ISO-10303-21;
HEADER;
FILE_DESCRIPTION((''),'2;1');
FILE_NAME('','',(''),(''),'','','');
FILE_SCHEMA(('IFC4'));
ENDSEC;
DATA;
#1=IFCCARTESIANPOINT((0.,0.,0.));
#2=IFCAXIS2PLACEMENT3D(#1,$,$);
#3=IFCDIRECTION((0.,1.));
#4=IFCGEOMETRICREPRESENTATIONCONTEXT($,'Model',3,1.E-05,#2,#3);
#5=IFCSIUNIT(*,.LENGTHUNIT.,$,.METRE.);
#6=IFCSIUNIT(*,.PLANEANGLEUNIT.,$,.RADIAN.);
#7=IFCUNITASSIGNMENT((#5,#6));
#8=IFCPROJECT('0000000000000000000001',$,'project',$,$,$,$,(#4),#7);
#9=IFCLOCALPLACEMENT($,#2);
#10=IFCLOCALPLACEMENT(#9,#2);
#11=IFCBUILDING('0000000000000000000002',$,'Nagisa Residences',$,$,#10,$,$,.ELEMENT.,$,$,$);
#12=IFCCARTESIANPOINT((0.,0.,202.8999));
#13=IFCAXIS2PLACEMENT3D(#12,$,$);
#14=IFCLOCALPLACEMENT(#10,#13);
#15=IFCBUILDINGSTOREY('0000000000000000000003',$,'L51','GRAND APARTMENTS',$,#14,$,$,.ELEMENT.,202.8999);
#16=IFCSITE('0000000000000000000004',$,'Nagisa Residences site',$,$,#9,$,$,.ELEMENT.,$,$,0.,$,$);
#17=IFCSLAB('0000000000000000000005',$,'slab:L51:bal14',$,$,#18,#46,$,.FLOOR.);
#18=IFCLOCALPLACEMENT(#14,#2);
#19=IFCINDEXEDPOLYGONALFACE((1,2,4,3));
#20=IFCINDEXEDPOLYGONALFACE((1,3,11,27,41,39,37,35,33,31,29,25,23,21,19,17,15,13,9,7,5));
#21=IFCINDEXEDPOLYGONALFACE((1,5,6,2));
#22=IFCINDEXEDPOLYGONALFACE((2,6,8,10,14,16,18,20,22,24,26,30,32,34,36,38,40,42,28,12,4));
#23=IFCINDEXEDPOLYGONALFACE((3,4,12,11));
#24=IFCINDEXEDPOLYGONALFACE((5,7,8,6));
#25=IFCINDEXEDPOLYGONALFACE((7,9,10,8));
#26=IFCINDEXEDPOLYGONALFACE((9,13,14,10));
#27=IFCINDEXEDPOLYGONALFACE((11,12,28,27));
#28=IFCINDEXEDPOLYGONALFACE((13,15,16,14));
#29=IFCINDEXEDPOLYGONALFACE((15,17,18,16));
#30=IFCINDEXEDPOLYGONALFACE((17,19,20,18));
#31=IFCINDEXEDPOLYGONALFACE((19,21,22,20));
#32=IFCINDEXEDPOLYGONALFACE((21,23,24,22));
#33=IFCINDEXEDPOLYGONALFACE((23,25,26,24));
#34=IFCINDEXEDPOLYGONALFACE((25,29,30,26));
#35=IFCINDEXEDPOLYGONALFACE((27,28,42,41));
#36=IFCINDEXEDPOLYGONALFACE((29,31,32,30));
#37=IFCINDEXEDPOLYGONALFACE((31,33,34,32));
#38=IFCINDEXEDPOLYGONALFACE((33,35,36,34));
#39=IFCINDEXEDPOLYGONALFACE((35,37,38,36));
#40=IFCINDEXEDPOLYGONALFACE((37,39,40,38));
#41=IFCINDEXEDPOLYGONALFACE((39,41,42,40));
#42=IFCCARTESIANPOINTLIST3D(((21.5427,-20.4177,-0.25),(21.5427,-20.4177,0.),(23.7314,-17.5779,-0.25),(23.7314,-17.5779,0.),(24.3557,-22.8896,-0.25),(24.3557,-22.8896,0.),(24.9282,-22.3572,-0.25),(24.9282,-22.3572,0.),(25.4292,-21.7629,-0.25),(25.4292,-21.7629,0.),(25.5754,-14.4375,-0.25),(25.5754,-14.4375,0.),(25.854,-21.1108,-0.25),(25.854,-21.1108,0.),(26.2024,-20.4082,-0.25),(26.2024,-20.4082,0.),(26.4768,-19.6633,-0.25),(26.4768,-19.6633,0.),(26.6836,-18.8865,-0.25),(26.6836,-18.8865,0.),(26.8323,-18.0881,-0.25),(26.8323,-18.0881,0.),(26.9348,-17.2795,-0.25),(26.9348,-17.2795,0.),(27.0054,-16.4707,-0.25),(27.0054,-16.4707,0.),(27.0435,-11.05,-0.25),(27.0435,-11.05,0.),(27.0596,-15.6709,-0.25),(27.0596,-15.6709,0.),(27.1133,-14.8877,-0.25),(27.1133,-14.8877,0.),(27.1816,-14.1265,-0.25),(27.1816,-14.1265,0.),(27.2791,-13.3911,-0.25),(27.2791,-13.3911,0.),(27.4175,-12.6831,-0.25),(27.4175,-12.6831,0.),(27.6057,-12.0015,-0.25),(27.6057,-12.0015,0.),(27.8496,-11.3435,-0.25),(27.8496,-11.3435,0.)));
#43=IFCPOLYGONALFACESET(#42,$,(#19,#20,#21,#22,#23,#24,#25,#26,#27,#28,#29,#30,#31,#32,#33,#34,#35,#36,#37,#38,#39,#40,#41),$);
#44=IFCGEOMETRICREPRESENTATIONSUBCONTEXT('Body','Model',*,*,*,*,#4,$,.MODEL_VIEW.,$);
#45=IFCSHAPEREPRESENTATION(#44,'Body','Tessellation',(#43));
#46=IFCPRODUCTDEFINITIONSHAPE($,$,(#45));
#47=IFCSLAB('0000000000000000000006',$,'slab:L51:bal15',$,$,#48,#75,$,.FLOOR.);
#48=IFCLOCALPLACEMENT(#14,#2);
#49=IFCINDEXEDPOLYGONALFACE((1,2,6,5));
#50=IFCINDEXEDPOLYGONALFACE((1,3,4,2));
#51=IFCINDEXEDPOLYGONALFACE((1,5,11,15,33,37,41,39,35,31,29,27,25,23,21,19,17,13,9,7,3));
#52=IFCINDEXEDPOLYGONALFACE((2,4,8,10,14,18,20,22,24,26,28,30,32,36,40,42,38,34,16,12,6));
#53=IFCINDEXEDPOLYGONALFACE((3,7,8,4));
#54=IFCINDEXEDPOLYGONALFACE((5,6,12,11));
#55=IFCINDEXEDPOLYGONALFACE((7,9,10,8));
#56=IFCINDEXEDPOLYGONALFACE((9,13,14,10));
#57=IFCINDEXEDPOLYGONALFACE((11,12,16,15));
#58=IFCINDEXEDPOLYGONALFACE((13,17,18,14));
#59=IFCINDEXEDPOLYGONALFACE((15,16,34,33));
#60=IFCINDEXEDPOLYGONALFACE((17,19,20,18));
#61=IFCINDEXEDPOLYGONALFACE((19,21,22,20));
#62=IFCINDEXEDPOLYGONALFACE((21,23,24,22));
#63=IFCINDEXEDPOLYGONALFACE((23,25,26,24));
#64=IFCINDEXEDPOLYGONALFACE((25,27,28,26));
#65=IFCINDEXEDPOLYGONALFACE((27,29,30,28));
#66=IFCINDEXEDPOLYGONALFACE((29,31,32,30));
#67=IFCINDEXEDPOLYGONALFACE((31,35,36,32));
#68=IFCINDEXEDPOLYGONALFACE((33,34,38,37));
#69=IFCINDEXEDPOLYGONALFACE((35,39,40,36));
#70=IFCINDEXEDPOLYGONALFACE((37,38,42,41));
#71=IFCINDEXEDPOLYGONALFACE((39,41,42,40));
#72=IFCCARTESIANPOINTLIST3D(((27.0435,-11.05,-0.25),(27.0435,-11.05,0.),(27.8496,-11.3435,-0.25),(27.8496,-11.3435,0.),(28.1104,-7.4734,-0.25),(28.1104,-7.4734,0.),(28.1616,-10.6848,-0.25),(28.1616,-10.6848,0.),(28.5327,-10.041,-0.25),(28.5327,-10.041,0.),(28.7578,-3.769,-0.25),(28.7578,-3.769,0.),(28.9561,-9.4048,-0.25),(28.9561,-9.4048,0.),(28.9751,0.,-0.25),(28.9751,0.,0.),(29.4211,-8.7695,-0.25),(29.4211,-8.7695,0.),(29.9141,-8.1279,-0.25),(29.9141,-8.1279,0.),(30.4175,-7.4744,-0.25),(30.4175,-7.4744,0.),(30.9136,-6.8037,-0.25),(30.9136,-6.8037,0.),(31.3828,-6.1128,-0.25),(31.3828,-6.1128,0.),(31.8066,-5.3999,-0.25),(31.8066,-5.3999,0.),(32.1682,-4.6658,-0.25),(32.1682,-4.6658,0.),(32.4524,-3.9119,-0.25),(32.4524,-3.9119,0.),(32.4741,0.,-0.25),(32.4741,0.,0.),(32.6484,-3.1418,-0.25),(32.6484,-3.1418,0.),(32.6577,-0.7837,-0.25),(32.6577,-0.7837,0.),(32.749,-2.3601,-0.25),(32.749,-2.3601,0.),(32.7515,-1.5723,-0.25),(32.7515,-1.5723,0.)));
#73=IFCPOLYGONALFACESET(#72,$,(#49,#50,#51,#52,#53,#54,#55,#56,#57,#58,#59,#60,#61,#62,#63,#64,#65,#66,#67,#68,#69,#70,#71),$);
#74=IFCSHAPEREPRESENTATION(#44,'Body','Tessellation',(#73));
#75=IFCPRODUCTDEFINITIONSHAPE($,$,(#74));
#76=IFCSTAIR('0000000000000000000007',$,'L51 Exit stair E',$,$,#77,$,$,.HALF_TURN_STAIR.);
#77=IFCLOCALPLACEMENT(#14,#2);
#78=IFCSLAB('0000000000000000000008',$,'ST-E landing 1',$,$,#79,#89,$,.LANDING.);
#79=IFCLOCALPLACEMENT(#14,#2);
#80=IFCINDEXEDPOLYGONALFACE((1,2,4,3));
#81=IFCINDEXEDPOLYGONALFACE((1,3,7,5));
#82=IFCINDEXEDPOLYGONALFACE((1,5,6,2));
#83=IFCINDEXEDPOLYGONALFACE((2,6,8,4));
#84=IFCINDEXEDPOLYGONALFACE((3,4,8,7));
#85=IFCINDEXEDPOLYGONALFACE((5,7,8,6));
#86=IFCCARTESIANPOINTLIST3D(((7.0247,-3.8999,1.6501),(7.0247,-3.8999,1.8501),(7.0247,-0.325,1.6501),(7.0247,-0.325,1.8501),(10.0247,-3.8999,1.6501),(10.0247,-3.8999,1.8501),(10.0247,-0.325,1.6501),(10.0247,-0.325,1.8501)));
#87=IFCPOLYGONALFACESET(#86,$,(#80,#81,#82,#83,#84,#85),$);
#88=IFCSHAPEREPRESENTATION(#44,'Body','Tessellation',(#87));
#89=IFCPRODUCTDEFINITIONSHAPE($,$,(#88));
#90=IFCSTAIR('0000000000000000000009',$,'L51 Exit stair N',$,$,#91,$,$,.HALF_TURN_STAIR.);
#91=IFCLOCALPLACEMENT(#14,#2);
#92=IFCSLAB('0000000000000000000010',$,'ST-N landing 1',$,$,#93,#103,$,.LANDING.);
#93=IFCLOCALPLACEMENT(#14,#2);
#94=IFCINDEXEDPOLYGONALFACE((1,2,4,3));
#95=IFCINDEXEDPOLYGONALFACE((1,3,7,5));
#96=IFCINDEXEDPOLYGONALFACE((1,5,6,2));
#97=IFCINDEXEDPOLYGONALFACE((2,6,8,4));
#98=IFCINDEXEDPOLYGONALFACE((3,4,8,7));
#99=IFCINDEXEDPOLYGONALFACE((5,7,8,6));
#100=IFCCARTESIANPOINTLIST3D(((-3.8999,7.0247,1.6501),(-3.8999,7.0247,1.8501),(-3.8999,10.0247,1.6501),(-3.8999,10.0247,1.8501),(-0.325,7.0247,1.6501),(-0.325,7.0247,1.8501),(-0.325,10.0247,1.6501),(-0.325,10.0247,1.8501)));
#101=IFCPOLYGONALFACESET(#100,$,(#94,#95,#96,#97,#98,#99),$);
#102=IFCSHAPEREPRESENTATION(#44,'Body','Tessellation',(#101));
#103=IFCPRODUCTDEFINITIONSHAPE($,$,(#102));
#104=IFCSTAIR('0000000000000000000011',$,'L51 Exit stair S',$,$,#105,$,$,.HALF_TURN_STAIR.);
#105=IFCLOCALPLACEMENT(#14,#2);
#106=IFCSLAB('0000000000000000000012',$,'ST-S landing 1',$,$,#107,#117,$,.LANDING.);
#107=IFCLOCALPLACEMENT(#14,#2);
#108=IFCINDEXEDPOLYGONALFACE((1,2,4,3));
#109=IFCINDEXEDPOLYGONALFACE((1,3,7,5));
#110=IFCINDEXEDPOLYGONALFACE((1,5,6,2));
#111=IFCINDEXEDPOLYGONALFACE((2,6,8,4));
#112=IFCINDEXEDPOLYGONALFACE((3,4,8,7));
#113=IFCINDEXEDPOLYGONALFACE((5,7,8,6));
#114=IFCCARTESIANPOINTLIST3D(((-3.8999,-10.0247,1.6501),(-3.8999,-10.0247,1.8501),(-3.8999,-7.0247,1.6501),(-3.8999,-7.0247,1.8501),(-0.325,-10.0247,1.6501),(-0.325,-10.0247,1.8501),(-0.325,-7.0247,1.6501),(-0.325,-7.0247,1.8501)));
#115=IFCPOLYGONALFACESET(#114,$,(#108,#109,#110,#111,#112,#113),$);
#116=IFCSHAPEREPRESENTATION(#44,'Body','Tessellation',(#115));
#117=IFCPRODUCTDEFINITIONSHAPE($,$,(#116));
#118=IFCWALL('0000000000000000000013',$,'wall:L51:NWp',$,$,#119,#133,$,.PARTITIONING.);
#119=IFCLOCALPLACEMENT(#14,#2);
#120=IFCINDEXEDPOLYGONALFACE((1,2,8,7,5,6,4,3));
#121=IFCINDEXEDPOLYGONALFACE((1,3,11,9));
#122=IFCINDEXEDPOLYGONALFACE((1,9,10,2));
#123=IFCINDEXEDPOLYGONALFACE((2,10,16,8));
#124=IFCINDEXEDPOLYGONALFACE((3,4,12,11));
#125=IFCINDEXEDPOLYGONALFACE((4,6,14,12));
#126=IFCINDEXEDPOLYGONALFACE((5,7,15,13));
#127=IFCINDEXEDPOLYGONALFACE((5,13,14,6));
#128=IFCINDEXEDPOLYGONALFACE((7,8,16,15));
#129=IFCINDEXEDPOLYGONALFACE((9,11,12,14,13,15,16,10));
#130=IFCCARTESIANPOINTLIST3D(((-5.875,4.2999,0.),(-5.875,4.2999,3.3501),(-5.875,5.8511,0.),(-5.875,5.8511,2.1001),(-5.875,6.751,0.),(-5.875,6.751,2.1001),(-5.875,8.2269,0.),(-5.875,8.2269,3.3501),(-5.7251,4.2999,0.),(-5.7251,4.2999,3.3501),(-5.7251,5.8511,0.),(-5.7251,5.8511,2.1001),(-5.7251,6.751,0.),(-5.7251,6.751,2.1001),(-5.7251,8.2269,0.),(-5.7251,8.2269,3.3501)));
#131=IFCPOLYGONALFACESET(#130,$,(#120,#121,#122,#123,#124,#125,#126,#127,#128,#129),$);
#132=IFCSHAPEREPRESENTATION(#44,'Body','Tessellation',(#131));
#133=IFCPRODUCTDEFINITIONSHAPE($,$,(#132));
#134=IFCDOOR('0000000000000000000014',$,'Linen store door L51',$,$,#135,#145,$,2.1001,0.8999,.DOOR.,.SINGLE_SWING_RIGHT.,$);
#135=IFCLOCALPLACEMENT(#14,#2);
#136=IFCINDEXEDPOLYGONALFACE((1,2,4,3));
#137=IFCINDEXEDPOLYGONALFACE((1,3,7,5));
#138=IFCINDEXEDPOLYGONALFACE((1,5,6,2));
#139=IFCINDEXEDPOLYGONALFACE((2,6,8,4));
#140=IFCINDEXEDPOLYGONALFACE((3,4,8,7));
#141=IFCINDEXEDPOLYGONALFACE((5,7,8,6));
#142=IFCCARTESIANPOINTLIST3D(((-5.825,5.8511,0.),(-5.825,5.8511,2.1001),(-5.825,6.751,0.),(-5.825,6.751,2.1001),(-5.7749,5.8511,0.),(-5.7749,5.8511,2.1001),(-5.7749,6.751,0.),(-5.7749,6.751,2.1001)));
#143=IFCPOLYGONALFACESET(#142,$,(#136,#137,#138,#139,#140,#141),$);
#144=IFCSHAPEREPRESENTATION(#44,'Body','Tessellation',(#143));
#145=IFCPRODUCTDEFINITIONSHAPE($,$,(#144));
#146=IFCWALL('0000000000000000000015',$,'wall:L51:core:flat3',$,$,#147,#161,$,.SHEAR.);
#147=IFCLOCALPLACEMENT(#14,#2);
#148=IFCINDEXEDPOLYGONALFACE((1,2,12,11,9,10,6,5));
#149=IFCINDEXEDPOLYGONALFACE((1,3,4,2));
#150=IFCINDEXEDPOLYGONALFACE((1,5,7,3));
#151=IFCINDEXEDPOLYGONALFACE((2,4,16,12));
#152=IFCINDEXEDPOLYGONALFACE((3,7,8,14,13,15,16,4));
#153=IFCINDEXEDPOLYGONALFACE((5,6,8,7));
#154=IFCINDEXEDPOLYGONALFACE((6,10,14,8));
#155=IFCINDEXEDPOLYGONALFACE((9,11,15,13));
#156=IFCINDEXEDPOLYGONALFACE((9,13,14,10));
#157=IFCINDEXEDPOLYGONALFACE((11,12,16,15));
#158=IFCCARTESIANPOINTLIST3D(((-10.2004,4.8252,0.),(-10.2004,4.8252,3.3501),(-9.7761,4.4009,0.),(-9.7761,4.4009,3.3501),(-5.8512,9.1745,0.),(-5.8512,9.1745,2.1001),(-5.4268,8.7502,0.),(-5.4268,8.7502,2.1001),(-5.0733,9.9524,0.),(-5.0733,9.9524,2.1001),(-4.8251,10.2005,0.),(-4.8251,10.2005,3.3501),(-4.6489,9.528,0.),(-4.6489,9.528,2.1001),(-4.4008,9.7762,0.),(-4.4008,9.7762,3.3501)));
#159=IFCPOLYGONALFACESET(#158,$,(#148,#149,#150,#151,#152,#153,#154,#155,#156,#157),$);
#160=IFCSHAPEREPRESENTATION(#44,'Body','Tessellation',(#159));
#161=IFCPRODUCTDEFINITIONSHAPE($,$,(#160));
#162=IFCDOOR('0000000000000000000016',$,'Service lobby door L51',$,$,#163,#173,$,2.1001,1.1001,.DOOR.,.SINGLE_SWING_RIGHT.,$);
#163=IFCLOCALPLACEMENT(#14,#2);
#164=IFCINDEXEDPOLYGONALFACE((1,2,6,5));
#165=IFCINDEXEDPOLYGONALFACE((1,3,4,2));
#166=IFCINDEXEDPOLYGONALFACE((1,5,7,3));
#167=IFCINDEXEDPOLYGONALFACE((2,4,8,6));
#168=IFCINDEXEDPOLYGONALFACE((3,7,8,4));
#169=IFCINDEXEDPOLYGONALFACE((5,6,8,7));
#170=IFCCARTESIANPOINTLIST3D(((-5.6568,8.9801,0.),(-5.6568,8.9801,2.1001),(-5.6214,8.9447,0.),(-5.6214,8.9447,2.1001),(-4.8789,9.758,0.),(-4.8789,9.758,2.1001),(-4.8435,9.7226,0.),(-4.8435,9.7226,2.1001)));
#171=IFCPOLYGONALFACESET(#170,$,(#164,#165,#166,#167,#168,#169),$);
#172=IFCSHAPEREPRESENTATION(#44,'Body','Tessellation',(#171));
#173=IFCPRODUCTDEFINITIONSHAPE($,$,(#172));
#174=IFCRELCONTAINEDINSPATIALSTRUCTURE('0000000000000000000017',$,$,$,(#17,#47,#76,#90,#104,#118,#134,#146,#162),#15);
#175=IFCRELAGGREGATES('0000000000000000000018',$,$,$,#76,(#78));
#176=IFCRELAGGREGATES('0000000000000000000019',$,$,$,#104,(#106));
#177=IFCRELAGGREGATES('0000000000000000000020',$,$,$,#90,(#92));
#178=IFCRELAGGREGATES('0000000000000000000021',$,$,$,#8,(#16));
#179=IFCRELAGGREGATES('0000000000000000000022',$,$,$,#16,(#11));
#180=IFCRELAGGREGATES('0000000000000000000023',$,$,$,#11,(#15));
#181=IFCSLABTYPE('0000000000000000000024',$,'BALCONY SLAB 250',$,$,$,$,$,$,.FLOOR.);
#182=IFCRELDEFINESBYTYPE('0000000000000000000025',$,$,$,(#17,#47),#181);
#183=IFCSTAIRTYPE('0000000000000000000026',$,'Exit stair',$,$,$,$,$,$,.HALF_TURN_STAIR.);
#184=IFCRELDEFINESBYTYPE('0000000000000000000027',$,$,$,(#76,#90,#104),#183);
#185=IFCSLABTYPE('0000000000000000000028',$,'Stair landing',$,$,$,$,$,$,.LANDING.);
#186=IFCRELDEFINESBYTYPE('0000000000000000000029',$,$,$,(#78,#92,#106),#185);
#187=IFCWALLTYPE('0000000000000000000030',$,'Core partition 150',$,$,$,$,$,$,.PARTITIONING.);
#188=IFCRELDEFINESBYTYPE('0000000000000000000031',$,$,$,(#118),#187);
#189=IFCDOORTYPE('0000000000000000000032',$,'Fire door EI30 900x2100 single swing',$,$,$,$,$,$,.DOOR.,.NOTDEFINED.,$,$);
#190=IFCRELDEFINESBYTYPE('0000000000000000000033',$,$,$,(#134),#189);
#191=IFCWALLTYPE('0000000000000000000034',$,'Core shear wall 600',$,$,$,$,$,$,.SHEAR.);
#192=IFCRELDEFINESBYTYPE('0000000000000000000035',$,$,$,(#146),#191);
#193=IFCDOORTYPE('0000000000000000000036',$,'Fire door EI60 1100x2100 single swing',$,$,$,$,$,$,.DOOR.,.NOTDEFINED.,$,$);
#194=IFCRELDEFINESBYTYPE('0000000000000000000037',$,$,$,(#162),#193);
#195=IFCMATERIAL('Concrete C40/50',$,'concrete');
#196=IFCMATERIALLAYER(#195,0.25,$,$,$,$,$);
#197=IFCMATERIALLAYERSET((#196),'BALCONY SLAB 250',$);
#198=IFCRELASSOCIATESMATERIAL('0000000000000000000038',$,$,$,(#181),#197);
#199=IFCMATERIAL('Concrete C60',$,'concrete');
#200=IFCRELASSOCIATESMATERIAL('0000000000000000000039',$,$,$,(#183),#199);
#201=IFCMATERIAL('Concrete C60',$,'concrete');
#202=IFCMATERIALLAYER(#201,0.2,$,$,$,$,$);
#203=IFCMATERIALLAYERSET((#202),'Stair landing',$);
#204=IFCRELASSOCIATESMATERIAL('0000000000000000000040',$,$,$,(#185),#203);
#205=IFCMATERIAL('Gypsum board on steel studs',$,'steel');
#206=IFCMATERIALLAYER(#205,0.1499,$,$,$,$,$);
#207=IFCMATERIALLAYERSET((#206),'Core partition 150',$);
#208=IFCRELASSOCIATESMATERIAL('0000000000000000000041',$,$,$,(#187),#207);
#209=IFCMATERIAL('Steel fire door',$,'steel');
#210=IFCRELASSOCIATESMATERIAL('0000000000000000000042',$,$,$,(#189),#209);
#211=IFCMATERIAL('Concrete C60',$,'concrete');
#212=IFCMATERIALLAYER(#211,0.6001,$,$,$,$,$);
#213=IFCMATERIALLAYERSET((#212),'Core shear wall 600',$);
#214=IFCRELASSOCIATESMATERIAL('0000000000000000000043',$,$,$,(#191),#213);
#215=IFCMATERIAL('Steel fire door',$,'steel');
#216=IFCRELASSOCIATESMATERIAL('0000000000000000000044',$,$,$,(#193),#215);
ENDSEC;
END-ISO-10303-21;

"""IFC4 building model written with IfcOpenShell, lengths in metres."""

from ifc_helpers import new_model, si_unit, direction, frame, frame_2d, origin, place, context, subcontext, project, spatial, polyline, rectangle, outline, extrude, material, layer, layer_set, type_object, element, fill, aggregate, save


model = new_model("IFC4")

# Units and contexts
model_context = context("Model", 3, precision=1e-05, world=origin(), true_north=direction((0.0, 1.0)))
body_context = subcontext(model_context, "Body", "Model", "MODEL_VIEW")
ifc_project = project(units=[si_unit("LENGTHUNIT", "METRE"), si_unit("PLANEANGLEUNIT", "RADIAN")], contexts=[model_context])

# Site, building, storey
site_placement = place(None, origin())
site = spatial("IfcSite", under=ifc_project, at=site_placement, Name="Nagisa Residences site", CompositionType="ELEMENT", RefElevation=0.0)
building_placement = place(site_placement, origin())
building = spatial("IfcBuilding", under=site, at=building_placement, Name="Nagisa Residences", CompositionType="ELEMENT")
storey_placement = place(building_placement, frame((0.0, 0.0, 202.8999)))
storey = spatial("IfcBuildingStorey", under=building, at=storey_placement, Name="L51", Description="GRAND APARTMENTS", CompositionType="ELEMENT", Elevation=202.8999)

# Slabs
ifc_material_1 = material(Name="Concrete C40/50", Category="concrete")
ifc_layer_1 = layer(ifc_material_1, 0.25)
ifc_layer_set_1 = layer_set([ifc_layer_1], Name="BALCONY SLAB 250")
slab_type_1 = type_object("IfcSlabType", Name="BALCONY SLAB 250", PredefinedType="FLOOR", material=ifc_layer_set_1)
slab_1_placement = place(storey_placement, frame((0.0, 0.0, -0.25)))
element("IfcSlab", 1, at=slab_1_placement, inside=storey, type_object=slab_type_1, Name="slab:L51:bal14", PredefinedType="FLOOR", context=body_context, shape_type="SweptSolid", body=[
    extrude(outline(polyline([(24.3557, -22.8896), (24.9282, -22.3572), (25.4292, -21.7629), (25.854, -21.1108), (26.2024, -20.4082), (26.4768, -19.6633), (26.6836, -18.8865), (26.8323, -18.0881), (26.9348, -17.2795), (27.0054, -16.4707), (27.0596, -15.6709), (27.1133, -14.8877), (27.1816, -14.1265), (27.2791, -13.3911), (27.4175, -12.6831), (27.6057, -12.0015), (27.8496, -11.3435), (27.0435, -11.05), (25.5754, -14.4375), (23.7314, -17.5779), (21.5427, -20.4177), (24.3557, -22.8896)])), origin(), (0.0, 0.0, 1.0), 0.25),
])
slab_2_placement = place(storey_placement, frame((0.0, 0.0, -0.25)))
element("IfcSlab", 2, at=slab_2_placement, inside=storey, type_object=slab_type_1, Name="slab:L51:bal15", PredefinedType="FLOOR", context=body_context, shape_type="SweptSolid", body=[
    extrude(outline(polyline([(27.8496, -11.3435), (28.1616, -10.6848), (28.5327, -10.041), (28.9561, -9.4048), (29.4211, -8.7695), (29.9141, -8.1279), (30.4175, -7.4744), (30.9136, -6.8037), (31.3828, -6.1128), (31.8066, -5.3999), (32.1682, -4.6658), (32.4524, -3.9119), (32.6484, -3.1418), (32.749, -2.3601), (32.7515, -1.5723), (32.6577, -0.7837), (32.4741, 0.0), (28.9751, 0.0), (28.7578, -3.769), (28.1104, -7.4734), (27.0435, -11.05), (27.8496, -11.3435)])), origin(), (0.0, 0.0, 1.0), 0.25),
])

# Stairs, slabs
ifc_material_2 = material(Name="Concrete C60", Category="concrete")
stair_type = type_object("IfcStairType", Name="Exit stair", PredefinedType="HALF_TURN_STAIR", material=ifc_material_2)
stair_1_placement = place(storey_placement, origin())
stair_1 = element("IfcStair", 3, at=stair_1_placement, inside=storey, type_object=stair_type, Name="L51 Exit stair E", PredefinedType="HALF_TURN_STAIR")
ifc_material_3 = material(Name="Concrete C60", Category="concrete")
ifc_layer_2 = layer(ifc_material_3, 0.2)
ifc_layer_set_2 = layer_set([ifc_layer_2], Name="Stair landing")
slab_type_2 = type_object("IfcSlabType", Name="Stair landing", PredefinedType="LANDING", material=ifc_layer_set_2)
slab_3_placement = place(storey_placement, frame((0.0, 0.0, 1.6501)))
slab_3 = element("IfcSlab", 4, at=slab_3_placement, type_object=slab_type_2, Name="ST-E landing 1", PredefinedType="LANDING", context=body_context, shape_type="SweptSolid", body=[
    extrude(outline(polyline([(7.0247, -0.325), (7.0247, -3.8999), (10.0247, -3.8999), (10.0247, -0.325), (7.0247, -0.325)])), origin(), (0.0, 0.0, 1.0), 0.2),
])
aggregate(stair_1, [slab_3])
stair_2_placement = place(storey_placement, origin())
stair_2 = element("IfcStair", 5, at=stair_2_placement, inside=storey, type_object=stair_type, Name="L51 Exit stair N", PredefinedType="HALF_TURN_STAIR")
slab_4_placement = place(storey_placement, frame((0.0, 0.0, 1.6501)))
slab_4 = element("IfcSlab", 6, at=slab_4_placement, type_object=slab_type_2, Name="ST-N landing 1", PredefinedType="LANDING", context=body_context, shape_type="SweptSolid", body=[
    extrude(outline(polyline([(-0.325, 10.0247), (-3.8999, 10.0247), (-3.8999, 7.0247), (-0.325, 7.0247), (-0.325, 10.0247)])), origin(), (0.0, 0.0, 1.0), 0.2),
])
stair_3_placement = place(storey_placement, origin())
stair_3 = element("IfcStair", 7, at=stair_3_placement, inside=storey, type_object=stair_type, Name="L51 Exit stair S", PredefinedType="HALF_TURN_STAIR")
slab_5_placement = place(storey_placement, frame((0.0, 0.0, 1.6501)))
slab_5 = element("IfcSlab", 8, at=slab_5_placement, type_object=slab_type_2, Name="ST-S landing 1", PredefinedType="LANDING", context=body_context, shape_type="SweptSolid", body=[
    extrude(outline(polyline([(-0.325, -7.0247), (-3.8999, -7.0247), (-3.8999, -10.0247), (-0.325, -10.0247), (-0.325, -7.0247)])), origin(), (0.0, 0.0, 1.0), 0.2),
])
aggregate(stair_3, [slab_5])

# Walls, openings, doors
ifc_material_4 = material(Name="Gypsum board on steel studs", Category="steel")
ifc_layer_3 = layer(ifc_material_4, 0.1499)
ifc_layer_set_3 = layer_set([ifc_layer_3], Name="Core partition 150")
wall_type_1 = type_object("IfcWallType", Name="Core partition 150", PredefinedType="PARTITIONING", material=ifc_layer_set_3)
wall_1_placement = place(storey_placement, frame((-5.8, 4.3, 0.0), z_axis=(0.0, 0.0, 1.0), x_axis=(0.0, 1.0, 0.0)))
wall_1 = element("IfcWall", 9, at=wall_1_placement, inside=storey, type_object=wall_type_1, Name="wall:L51:NWp", PredefinedType="PARTITIONING", context=body_context, shape_type="SweptSolid", body=[
    extrude(rectangle(XDim=3.927, YDim=0.1499, at=frame_2d((1.9634, 0.0))), origin(), (0.0, 0.0, 1.0), 3.3501),
])
opening_1_placement = place(wall_1_placement, frame((1.551, 0.0, 0.0)))
opening_1 = element("IfcOpeningElement", 10, at=opening_1_placement, cuts=wall_1, PredefinedType="OPENING", context=body_context, shape_type="SweptSolid", body=[
    extrude(rectangle(XDim=0.8999, YDim=2.1001, at=frame_2d((0.45, 1.05))), frame((0.0, 0.085, 0.0), z_axis=(0.0, -1.0, 0.0), x_axis=(1.0, 0.0, 0.0)), (0.0, 0.0, 1.0), 0.1699),
])
ifc_material_5 = material(Name="Steel fire door", Category="steel")
door_type_1 = type_object("IfcDoorType", Name="Fire door EI30 900x2100 single swing", OperationType="NOTDEFINED", PredefinedType="DOOR", material=ifc_material_5)
door_1_placement = place(opening_1_placement, origin())
door_1 = element("IfcDoor", 11, at=door_1_placement, inside=storey, type_object=door_type_1, Name="Linen store door L51", OperationType="SINGLE_SWING_RIGHT", OverallHeight=2.1001, OverallWidth=0.8999, PredefinedType="DOOR", context=body_context, shape_type="SweptSolid", body=[
    extrude(rectangle(XDim=0.8999, YDim=2.1001, at=frame_2d((0.45, 1.05))), frame((0.0, 0.0249, 0.0), z_axis=(0.0, -1.0, 0.0), x_axis=(1.0, 0.0, 0.0)), (0.0, 0.0, 1.0), 0.05),
])
fill(opening_1, door_1)
ifc_material_6 = material(Name="Concrete C60", Category="concrete")
ifc_layer_4 = layer(ifc_material_6, 0.6001)
ifc_layer_set_4 = layer_set([ifc_layer_4], Name="Core shear wall 600")
wall_type_2 = type_object("IfcWallType", Name="Core shear wall 600", PredefinedType="SHEAR", material=ifc_layer_set_4)
wall_2_placement = place(storey_placement, frame((-4.613, 9.9883, 0.0), z_axis=(0.0, 0.0, 1.0), x_axis=(-0.707107, -0.707107, 0.0)))
wall_2 = element("IfcWall", 12, at=wall_2_placement, inside=storey, type_object=wall_type_2, Name="wall:L51:core:flat3", PredefinedType="SHEAR", context=body_context, shape_type="SweptSolid", body=[
    extrude(rectangle(XDim=7.6018, YDim=0.6001, at=frame_2d((3.8008, 0.0))), origin(), (0.0, 0.0, 1.0), 3.3501),
])
opening_2_placement = place(wall_2_placement, frame((0.3508, 0.0, 0.0)))
opening_2 = element("IfcOpeningElement", 13, at=opening_2_placement, cuts=wall_2, PredefinedType="OPENING", context=body_context, shape_type="SweptSolid", body=[
    extrude(rectangle(XDim=1.1001, YDim=2.1001, at=frame_2d((0.55, 1.05))), frame((0.0, 0.3101, 0.0), z_axis=(0.0, -1.0, 0.0), x_axis=(1.0, 0.0, 0.0)), (0.0, 0.0, 1.0), 0.6201),
])
ifc_material_7 = material(Name="Steel fire door", Category="steel")
door_type_2 = type_object("IfcDoorType", Name="Fire door EI60 1100x2100 single swing", OperationType="NOTDEFINED", PredefinedType="DOOR", material=ifc_material_7)
door_2_placement = place(opening_2_placement, origin())
door_2 = element("IfcDoor", 14, at=door_2_placement, inside=storey, type_object=door_type_2, Name="Service lobby door L51", OperationType="SINGLE_SWING_RIGHT", OverallHeight=2.1001, OverallWidth=1.1001, PredefinedType="DOOR", context=body_context, shape_type="SweptSolid", body=[
    extrude(rectangle(XDim=1.1001, YDim=2.1001, at=frame_2d((0.55, 1.05))), frame((0.0, 0.0249, 0.0), z_axis=(0.0, -1.0, 0.0), x_axis=(1.0, 0.0, 0.0)), (0.0, 0.0, 1.0), 0.05),
])
fill(opening_2, door_2)

aggregate(stair_2, [slab_4])

save(model, "model.ifc")
